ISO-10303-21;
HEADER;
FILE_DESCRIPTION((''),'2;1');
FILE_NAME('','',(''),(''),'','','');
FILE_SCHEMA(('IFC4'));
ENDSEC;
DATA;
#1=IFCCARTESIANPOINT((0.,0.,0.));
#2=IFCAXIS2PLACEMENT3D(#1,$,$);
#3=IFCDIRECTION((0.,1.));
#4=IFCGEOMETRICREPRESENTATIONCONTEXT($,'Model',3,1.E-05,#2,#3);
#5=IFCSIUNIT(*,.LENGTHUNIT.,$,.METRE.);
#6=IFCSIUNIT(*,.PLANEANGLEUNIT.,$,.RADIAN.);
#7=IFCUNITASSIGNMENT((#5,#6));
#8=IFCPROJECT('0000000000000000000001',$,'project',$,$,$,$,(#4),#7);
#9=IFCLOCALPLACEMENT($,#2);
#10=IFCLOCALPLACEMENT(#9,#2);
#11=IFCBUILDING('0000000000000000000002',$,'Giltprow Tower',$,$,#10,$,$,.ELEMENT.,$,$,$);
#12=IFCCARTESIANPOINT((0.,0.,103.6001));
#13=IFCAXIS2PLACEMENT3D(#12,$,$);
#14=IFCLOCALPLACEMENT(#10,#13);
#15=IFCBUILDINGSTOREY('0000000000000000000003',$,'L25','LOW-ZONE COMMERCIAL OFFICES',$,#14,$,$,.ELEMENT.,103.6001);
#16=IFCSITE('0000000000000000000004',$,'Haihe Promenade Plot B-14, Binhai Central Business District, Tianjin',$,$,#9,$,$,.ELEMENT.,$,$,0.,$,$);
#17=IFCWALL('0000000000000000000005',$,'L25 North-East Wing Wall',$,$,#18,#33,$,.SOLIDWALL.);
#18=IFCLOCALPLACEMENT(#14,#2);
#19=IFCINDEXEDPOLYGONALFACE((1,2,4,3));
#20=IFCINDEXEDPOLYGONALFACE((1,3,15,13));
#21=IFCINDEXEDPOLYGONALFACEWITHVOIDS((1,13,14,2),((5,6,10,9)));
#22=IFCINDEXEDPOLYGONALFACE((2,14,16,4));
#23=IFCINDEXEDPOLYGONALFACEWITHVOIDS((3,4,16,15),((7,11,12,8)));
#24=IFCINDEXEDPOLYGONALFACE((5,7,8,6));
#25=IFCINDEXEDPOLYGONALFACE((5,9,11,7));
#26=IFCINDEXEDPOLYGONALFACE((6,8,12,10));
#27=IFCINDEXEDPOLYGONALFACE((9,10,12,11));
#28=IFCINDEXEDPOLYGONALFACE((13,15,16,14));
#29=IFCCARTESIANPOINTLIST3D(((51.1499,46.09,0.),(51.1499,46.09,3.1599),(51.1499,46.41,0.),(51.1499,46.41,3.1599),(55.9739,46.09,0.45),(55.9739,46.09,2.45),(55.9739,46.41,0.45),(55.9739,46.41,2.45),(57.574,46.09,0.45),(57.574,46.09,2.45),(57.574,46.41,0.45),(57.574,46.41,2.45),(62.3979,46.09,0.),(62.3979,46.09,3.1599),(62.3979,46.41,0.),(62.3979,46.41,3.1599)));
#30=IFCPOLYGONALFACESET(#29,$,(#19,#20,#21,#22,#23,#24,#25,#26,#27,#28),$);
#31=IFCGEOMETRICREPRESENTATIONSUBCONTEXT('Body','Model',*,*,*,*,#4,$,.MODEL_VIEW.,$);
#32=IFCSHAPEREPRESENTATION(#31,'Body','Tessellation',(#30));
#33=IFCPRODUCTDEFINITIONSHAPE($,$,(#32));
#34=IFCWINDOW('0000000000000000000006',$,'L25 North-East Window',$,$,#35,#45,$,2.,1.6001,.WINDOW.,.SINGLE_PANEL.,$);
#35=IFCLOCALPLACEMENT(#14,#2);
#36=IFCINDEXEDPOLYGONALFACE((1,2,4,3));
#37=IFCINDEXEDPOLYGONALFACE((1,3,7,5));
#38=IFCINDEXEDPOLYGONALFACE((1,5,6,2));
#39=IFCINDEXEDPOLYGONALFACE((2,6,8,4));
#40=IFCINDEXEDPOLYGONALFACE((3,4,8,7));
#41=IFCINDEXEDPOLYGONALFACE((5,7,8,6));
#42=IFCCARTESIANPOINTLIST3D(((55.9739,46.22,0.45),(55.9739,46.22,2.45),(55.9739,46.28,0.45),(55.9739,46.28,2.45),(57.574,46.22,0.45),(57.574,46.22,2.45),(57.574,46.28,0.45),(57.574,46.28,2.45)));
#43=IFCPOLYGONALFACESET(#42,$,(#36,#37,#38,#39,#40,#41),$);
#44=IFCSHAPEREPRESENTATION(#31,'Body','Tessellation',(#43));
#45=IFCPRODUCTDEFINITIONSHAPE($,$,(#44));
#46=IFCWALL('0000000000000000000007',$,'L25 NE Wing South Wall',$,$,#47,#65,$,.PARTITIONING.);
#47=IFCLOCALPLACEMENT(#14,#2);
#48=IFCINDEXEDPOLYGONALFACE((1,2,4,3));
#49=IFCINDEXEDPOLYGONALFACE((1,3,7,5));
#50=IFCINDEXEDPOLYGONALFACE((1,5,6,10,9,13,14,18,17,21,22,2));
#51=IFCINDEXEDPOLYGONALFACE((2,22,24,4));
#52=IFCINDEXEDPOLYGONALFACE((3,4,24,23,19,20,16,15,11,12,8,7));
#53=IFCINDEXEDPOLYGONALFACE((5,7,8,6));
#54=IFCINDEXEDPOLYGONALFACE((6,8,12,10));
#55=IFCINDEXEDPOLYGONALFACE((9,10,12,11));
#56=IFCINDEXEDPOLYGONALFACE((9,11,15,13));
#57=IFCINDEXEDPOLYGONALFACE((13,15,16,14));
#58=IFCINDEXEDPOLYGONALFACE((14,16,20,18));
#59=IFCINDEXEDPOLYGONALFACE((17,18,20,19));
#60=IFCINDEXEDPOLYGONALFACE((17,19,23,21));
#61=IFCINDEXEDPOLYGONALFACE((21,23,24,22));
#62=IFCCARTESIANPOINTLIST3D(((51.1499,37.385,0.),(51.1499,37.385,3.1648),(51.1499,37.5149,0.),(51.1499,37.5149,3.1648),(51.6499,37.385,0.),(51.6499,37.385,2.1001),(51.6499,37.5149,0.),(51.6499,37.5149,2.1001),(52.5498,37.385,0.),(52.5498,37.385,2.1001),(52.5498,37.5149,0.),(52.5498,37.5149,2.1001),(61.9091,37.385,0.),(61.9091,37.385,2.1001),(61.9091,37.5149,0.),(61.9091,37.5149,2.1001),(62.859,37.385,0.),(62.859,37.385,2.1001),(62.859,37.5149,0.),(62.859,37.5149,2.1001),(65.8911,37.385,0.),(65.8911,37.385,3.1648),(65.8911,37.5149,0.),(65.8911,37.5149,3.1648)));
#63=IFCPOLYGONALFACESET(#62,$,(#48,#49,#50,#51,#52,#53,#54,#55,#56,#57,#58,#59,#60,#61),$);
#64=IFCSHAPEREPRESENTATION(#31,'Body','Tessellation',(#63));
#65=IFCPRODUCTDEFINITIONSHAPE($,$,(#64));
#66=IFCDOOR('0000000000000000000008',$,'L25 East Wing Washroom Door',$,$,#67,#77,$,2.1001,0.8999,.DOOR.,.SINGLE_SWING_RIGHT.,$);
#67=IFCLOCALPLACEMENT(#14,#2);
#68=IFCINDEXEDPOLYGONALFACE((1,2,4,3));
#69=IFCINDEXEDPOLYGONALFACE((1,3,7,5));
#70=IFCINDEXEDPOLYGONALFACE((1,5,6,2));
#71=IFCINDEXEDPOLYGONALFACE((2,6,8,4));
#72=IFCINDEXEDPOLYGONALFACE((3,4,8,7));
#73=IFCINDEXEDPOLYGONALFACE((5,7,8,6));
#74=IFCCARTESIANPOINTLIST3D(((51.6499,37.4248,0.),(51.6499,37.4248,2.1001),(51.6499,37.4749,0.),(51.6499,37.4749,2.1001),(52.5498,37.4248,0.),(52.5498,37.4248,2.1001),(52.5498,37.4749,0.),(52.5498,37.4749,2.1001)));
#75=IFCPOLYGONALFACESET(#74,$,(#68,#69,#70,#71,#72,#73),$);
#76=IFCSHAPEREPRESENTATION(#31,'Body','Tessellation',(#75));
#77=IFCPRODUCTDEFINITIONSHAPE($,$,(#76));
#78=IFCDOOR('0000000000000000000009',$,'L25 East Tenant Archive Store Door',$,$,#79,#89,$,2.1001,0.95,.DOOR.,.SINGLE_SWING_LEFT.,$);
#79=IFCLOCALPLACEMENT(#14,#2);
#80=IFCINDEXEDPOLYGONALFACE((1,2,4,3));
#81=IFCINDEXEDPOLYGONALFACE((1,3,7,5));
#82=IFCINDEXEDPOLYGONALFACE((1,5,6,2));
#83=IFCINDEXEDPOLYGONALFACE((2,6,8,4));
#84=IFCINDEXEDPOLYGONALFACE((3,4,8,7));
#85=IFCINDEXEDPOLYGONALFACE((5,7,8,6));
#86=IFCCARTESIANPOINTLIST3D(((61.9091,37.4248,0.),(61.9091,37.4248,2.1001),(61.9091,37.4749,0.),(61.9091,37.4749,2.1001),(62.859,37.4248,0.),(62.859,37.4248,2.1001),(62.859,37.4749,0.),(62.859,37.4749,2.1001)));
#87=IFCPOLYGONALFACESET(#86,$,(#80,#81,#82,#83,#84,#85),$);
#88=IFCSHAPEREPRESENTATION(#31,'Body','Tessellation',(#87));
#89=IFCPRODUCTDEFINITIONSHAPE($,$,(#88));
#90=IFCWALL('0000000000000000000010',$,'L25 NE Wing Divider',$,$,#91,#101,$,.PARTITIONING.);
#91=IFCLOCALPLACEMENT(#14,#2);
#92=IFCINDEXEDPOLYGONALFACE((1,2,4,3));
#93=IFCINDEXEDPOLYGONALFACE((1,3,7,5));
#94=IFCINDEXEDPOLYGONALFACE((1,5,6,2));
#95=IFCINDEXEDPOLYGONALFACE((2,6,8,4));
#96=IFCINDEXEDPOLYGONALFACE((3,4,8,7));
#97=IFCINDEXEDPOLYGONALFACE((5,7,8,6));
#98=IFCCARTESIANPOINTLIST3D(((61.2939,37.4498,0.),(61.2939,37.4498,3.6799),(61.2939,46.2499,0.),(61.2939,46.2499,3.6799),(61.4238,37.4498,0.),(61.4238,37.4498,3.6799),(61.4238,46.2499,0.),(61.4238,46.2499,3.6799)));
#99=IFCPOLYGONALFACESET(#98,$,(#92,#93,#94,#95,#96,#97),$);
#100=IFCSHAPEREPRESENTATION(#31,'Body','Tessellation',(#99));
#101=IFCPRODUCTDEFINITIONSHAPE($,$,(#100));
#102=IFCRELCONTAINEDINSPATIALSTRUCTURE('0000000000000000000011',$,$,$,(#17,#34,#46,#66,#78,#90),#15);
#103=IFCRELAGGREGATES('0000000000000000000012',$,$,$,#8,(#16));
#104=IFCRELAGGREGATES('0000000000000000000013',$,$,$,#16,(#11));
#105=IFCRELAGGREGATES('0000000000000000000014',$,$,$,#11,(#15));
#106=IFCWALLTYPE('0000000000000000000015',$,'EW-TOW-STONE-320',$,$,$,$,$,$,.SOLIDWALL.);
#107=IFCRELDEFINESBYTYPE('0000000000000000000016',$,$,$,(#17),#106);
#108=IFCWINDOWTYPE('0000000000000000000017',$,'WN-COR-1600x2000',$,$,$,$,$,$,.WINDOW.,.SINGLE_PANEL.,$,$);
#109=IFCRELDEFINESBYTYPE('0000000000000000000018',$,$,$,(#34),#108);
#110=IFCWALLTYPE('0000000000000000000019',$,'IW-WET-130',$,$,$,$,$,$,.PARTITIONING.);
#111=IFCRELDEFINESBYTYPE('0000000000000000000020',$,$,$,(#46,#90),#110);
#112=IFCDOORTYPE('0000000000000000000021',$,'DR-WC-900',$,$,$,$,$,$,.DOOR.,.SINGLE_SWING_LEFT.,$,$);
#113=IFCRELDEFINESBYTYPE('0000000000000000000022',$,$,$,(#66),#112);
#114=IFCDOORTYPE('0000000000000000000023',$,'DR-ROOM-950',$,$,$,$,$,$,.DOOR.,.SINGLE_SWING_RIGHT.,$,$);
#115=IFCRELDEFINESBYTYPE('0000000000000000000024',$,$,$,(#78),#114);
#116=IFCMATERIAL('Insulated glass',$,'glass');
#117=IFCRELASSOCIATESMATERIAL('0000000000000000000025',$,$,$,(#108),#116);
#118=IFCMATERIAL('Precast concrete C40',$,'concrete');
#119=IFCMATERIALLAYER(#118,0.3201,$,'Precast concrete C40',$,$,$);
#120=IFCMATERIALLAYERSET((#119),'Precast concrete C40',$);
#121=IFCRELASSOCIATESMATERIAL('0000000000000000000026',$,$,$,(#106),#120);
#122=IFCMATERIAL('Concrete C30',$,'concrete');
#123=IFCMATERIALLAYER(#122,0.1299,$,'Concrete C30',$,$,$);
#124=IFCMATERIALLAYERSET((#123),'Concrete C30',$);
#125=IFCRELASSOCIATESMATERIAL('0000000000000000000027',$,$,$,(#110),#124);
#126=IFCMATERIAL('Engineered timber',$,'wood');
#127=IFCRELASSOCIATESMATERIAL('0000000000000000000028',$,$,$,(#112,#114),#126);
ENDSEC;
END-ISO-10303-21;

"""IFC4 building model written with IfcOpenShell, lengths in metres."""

from ifc_helpers import new_model, si_unit, direction, frame, frame_2d, origin, place, context, subcontext, project, spatial, rectangle, extrude, source, transform, mapped, material, layer, layer_set, type_object, element, fill, save


model = new_model("IFC4")

# Units and contexts
model_context = context("Model", 3, precision=1e-05, world=origin(), true_north=direction((0.0, 1.0)))
body_context = subcontext(model_context, "Body", "Model", "MODEL_VIEW")
ifc_project = project(units=[si_unit("LENGTHUNIT", "METRE"), si_unit("PLANEANGLEUNIT", "RADIAN")], contexts=[model_context])

# Site, building, storey
site_placement = place(None, origin())
site = spatial("IfcSite", under=ifc_project, at=site_placement, Name="Haihe Promenade Plot B-14, Binhai Central Business District, Tianjin", CompositionType="ELEMENT", RefElevation=0.0)
building_placement = place(site_placement, origin())
building = spatial("IfcBuilding", under=site, at=building_placement, Name="Giltprow Tower", CompositionType="ELEMENT")
storey_placement = place(building_placement, frame((0.0, 0.0, 103.6001)))
storey = spatial("IfcBuildingStorey", under=building, at=storey_placement, Name="L25", Description="LOW-ZONE COMMERCIAL OFFICES", CompositionType="ELEMENT", Elevation=103.6001)

# Wall, opening, window
ifc_material_1 = material(Name="Precast concrete C40", Category="concrete")
ifc_material_2 = material(Name="Insulated glass", Category="glass")
window_type = type_object("IfcWindowType", Name="WN-COR-1600x2000", PartitioningType="SINGLE_PANEL", PredefinedType="WINDOW", material=ifc_material_2)
shared_shape_1 = source(origin(), body_context, "Body", "SweptSolid", [
    extrude(rectangle(XDim=1.6001, YDim=2.0, at=frame_2d((0.8, 1.0))), frame((0.0, 0.03, 0.0), z_axis=(0.0, -1.0, 0.0), x_axis=(1.0, 0.0, 0.0)), (0.0, 0.0, 1.0), 0.0601),
])
ifc_layer_1 = layer(ifc_material_1, 0.3201, Name="Precast concrete C40")
ifc_layer_set_1 = layer_set([ifc_layer_1], Name="Precast concrete C40")
wall_type_1 = type_object("IfcWallType", Name="EW-TOW-STONE-320", PredefinedType="SOLIDWALL", material=ifc_layer_set_1)
wall_1_placement = place(storey_placement, frame((51.1499, 46.25, 0.0), z_axis=(0.0, 0.0, 1.0), x_axis=(1.0, 0.0, 0.0)))
wall_1 = element("IfcWall", 1, at=wall_1_placement, inside=storey, type_object=wall_type_1, Name="L25 North-East Wing Wall", PredefinedType="SOLIDWALL", context=body_context, shape_type="SweptSolid", body=[
    extrude(rectangle(XDim=11.248, YDim=0.3201, at=frame_2d((5.624, 0.0))), origin(), (0.0, 0.0, 1.0), 3.1599),
])
opening_1_placement = place(wall_1_placement, frame((4.824, 0.0, 0.45)))
opening_1 = element("IfcOpeningElement", 2, at=opening_1_placement, cuts=wall_1, PredefinedType="OPENING", context=body_context, shape_type="SweptSolid", body=[
    extrude(rectangle(XDim=1.6001, YDim=2.0, at=frame_2d((0.8, 1.0))), frame((0.0, 0.1699, 0.0), z_axis=(0.0, -1.0, 0.0), x_axis=(1.0, 0.0, 0.0)), (0.0, 0.0, 1.0), 0.3401),
])
window_1_placement = place(opening_1_placement, origin())
window_1 = element("IfcWindow", 3, at=window_1_placement, inside=storey, type_object=window_type, Name="L25 North-East Window", OverallHeight=2.0, OverallWidth=1.6001, PartitioningType="SINGLE_PANEL", PredefinedType="WINDOW", context=body_context, shape_type="MappedRepresentation", body=[
    mapped(shared_shape_1, transform((0.0, 0.0, 0.0), x_axis=(1.0, 0.0, 0.0), y_axis=(0.0, 1.0, 0.0), z_axis=(0.0, 0.0, 1.0), scale=1.0)),
])
fill(opening_1, window_1)

# Wall, openings, doors
ifc_material_3 = material(Name="Concrete C30", Category="concrete")
ifc_layer_2 = layer(ifc_material_3, 0.1299, Name="Concrete C30")
ifc_layer_set_2 = layer_set([ifc_layer_2], Name="Concrete C30")
wall_type_2 = type_object("IfcWallType", Name="IW-WET-130", PredefinedType="PARTITIONING", material=ifc_layer_set_2)
wall_2_placement = place(storey_placement, frame((51.1499, 37.45, 0.0), z_axis=(0.0, 0.0, 1.0), x_axis=(1.0, 0.0, 0.0)))
wall_2 = element("IfcWall", 4, at=wall_2_placement, inside=storey, type_object=wall_type_2, Name="L25 NE Wing South Wall", PredefinedType="PARTITIONING", context=body_context, shape_type="SweptSolid", body=[
    extrude(rectangle(XDim=14.7412, YDim=0.1299, at=frame_2d((7.3706, 0.0))), origin(), (0.0, 0.0, 1.0), 3.1648),
])
opening_2_placement = place(wall_2_placement, frame((0.5, 0.0, 0.0)))
opening_2 = element("IfcOpeningElement", 5, at=opening_2_placement, cuts=wall_2, PredefinedType="OPENING", context=body_context, shape_type="SweptSolid", body=[
    extrude(rectangle(XDim=0.8999, YDim=2.1001, at=frame_2d((0.45, 1.05))), frame((0.0, 0.075, 0.0), z_axis=(0.0, -1.0, 0.0), x_axis=(1.0, 0.0, 0.0)), (0.0, 0.0, 1.0), 0.1499),
])
opening_3_placement = place(wall_2_placement, frame((10.759, 0.0, 0.0)))
opening_3 = element("IfcOpeningElement", 6, at=opening_3_placement, cuts=wall_2, PredefinedType="OPENING", context=body_context, shape_type="SweptSolid", body=[
    extrude(rectangle(XDim=0.95, YDim=2.1001, at=frame_2d((0.4751, 1.05))), frame((0.0, 0.075, 0.0), z_axis=(0.0, -1.0, 0.0), x_axis=(1.0, 0.0, 0.0)), (0.0, 0.0, 1.0), 0.1499),
])
ifc_material_4 = material(Name="Engineered timber", Category="wood")
door_type_1 = type_object("IfcDoorType", Name="DR-WC-900", OperationType="SINGLE_SWING_LEFT", PredefinedType="DOOR", material=ifc_material_4)
shared_shape_2 = source(origin(), body_context, "Body", "SweptSolid", [
    extrude(rectangle(XDim=0.8999, YDim=2.1001, at=frame_2d((0.45, 1.05))), frame((0.0, 0.0249, 0.0), z_axis=(0.0, -1.0, 0.0), x_axis=(1.0, 0.0, 0.0)), (0.0, 0.0, 1.0), 0.05),
])
door_1_placement = place(opening_2_placement, origin())
door_1 = element("IfcDoor", 7, at=door_1_placement, inside=storey, type_object=door_type_1, Name="L25 East Wing Washroom Door", OperationType="SINGLE_SWING_RIGHT", OverallHeight=2.1001, OverallWidth=0.8999, PredefinedType="DOOR", context=body_context, shape_type="MappedRepresentation", body=[
    mapped(shared_shape_2, transform((0.0, 0.0, 0.0), x_axis=(1.0, 0.0, 0.0), y_axis=(0.0, 1.0, 0.0), z_axis=(0.0, 0.0, 1.0), scale=1.0)),
])
fill(opening_2, door_1)
door_type_2 = type_object("IfcDoorType", Name="DR-ROOM-950", OperationType="SINGLE_SWING_RIGHT", PredefinedType="DOOR", material=ifc_material_4)
shared_shape_3 = source(origin(), body_context, "Body", "SweptSolid", [
    extrude(rectangle(XDim=0.95, YDim=2.1001, at=frame_2d((0.4751, 1.05))), frame((0.0, 0.0249, 0.0), z_axis=(0.0, -1.0, 0.0), x_axis=(1.0, 0.0, 0.0)), (0.0, 0.0, 1.0), 0.05),
])
door_2_placement = place(opening_3_placement, origin())
door_2 = element("IfcDoor", 8, at=door_2_placement, inside=storey, type_object=door_type_2, Name="L25 East Tenant Archive Store Door", OperationType="SINGLE_SWING_LEFT", OverallHeight=2.1001, OverallWidth=0.95, PredefinedType="DOOR", context=body_context, shape_type="MappedRepresentation", body=[
    mapped(shared_shape_3, transform((0.0, 0.0, 0.0), x_axis=(1.0, 0.0, 0.0), y_axis=(0.0, 1.0, 0.0), z_axis=(0.0, 0.0, 1.0), scale=1.0)),
])
fill(opening_3, door_2)

# Wall
wall_3_placement = place(storey_placement, frame((61.3589, 37.45, 0.0), z_axis=(0.0, 0.0, 1.0), x_axis=(0.0, 1.0, 0.0)))
element("IfcWall", 9, at=wall_3_placement, inside=storey, type_object=wall_type_2, Name="L25 NE Wing Divider", PredefinedType="PARTITIONING", context=body_context, shape_type="SweptSolid", body=[
    extrude(rectangle(XDim=8.8, YDim=0.1299, at=frame_2d((4.3999, 0.0))), origin(), (0.0, 0.0, 1.0), 3.6799),
])

save(model, "model.ifc")
